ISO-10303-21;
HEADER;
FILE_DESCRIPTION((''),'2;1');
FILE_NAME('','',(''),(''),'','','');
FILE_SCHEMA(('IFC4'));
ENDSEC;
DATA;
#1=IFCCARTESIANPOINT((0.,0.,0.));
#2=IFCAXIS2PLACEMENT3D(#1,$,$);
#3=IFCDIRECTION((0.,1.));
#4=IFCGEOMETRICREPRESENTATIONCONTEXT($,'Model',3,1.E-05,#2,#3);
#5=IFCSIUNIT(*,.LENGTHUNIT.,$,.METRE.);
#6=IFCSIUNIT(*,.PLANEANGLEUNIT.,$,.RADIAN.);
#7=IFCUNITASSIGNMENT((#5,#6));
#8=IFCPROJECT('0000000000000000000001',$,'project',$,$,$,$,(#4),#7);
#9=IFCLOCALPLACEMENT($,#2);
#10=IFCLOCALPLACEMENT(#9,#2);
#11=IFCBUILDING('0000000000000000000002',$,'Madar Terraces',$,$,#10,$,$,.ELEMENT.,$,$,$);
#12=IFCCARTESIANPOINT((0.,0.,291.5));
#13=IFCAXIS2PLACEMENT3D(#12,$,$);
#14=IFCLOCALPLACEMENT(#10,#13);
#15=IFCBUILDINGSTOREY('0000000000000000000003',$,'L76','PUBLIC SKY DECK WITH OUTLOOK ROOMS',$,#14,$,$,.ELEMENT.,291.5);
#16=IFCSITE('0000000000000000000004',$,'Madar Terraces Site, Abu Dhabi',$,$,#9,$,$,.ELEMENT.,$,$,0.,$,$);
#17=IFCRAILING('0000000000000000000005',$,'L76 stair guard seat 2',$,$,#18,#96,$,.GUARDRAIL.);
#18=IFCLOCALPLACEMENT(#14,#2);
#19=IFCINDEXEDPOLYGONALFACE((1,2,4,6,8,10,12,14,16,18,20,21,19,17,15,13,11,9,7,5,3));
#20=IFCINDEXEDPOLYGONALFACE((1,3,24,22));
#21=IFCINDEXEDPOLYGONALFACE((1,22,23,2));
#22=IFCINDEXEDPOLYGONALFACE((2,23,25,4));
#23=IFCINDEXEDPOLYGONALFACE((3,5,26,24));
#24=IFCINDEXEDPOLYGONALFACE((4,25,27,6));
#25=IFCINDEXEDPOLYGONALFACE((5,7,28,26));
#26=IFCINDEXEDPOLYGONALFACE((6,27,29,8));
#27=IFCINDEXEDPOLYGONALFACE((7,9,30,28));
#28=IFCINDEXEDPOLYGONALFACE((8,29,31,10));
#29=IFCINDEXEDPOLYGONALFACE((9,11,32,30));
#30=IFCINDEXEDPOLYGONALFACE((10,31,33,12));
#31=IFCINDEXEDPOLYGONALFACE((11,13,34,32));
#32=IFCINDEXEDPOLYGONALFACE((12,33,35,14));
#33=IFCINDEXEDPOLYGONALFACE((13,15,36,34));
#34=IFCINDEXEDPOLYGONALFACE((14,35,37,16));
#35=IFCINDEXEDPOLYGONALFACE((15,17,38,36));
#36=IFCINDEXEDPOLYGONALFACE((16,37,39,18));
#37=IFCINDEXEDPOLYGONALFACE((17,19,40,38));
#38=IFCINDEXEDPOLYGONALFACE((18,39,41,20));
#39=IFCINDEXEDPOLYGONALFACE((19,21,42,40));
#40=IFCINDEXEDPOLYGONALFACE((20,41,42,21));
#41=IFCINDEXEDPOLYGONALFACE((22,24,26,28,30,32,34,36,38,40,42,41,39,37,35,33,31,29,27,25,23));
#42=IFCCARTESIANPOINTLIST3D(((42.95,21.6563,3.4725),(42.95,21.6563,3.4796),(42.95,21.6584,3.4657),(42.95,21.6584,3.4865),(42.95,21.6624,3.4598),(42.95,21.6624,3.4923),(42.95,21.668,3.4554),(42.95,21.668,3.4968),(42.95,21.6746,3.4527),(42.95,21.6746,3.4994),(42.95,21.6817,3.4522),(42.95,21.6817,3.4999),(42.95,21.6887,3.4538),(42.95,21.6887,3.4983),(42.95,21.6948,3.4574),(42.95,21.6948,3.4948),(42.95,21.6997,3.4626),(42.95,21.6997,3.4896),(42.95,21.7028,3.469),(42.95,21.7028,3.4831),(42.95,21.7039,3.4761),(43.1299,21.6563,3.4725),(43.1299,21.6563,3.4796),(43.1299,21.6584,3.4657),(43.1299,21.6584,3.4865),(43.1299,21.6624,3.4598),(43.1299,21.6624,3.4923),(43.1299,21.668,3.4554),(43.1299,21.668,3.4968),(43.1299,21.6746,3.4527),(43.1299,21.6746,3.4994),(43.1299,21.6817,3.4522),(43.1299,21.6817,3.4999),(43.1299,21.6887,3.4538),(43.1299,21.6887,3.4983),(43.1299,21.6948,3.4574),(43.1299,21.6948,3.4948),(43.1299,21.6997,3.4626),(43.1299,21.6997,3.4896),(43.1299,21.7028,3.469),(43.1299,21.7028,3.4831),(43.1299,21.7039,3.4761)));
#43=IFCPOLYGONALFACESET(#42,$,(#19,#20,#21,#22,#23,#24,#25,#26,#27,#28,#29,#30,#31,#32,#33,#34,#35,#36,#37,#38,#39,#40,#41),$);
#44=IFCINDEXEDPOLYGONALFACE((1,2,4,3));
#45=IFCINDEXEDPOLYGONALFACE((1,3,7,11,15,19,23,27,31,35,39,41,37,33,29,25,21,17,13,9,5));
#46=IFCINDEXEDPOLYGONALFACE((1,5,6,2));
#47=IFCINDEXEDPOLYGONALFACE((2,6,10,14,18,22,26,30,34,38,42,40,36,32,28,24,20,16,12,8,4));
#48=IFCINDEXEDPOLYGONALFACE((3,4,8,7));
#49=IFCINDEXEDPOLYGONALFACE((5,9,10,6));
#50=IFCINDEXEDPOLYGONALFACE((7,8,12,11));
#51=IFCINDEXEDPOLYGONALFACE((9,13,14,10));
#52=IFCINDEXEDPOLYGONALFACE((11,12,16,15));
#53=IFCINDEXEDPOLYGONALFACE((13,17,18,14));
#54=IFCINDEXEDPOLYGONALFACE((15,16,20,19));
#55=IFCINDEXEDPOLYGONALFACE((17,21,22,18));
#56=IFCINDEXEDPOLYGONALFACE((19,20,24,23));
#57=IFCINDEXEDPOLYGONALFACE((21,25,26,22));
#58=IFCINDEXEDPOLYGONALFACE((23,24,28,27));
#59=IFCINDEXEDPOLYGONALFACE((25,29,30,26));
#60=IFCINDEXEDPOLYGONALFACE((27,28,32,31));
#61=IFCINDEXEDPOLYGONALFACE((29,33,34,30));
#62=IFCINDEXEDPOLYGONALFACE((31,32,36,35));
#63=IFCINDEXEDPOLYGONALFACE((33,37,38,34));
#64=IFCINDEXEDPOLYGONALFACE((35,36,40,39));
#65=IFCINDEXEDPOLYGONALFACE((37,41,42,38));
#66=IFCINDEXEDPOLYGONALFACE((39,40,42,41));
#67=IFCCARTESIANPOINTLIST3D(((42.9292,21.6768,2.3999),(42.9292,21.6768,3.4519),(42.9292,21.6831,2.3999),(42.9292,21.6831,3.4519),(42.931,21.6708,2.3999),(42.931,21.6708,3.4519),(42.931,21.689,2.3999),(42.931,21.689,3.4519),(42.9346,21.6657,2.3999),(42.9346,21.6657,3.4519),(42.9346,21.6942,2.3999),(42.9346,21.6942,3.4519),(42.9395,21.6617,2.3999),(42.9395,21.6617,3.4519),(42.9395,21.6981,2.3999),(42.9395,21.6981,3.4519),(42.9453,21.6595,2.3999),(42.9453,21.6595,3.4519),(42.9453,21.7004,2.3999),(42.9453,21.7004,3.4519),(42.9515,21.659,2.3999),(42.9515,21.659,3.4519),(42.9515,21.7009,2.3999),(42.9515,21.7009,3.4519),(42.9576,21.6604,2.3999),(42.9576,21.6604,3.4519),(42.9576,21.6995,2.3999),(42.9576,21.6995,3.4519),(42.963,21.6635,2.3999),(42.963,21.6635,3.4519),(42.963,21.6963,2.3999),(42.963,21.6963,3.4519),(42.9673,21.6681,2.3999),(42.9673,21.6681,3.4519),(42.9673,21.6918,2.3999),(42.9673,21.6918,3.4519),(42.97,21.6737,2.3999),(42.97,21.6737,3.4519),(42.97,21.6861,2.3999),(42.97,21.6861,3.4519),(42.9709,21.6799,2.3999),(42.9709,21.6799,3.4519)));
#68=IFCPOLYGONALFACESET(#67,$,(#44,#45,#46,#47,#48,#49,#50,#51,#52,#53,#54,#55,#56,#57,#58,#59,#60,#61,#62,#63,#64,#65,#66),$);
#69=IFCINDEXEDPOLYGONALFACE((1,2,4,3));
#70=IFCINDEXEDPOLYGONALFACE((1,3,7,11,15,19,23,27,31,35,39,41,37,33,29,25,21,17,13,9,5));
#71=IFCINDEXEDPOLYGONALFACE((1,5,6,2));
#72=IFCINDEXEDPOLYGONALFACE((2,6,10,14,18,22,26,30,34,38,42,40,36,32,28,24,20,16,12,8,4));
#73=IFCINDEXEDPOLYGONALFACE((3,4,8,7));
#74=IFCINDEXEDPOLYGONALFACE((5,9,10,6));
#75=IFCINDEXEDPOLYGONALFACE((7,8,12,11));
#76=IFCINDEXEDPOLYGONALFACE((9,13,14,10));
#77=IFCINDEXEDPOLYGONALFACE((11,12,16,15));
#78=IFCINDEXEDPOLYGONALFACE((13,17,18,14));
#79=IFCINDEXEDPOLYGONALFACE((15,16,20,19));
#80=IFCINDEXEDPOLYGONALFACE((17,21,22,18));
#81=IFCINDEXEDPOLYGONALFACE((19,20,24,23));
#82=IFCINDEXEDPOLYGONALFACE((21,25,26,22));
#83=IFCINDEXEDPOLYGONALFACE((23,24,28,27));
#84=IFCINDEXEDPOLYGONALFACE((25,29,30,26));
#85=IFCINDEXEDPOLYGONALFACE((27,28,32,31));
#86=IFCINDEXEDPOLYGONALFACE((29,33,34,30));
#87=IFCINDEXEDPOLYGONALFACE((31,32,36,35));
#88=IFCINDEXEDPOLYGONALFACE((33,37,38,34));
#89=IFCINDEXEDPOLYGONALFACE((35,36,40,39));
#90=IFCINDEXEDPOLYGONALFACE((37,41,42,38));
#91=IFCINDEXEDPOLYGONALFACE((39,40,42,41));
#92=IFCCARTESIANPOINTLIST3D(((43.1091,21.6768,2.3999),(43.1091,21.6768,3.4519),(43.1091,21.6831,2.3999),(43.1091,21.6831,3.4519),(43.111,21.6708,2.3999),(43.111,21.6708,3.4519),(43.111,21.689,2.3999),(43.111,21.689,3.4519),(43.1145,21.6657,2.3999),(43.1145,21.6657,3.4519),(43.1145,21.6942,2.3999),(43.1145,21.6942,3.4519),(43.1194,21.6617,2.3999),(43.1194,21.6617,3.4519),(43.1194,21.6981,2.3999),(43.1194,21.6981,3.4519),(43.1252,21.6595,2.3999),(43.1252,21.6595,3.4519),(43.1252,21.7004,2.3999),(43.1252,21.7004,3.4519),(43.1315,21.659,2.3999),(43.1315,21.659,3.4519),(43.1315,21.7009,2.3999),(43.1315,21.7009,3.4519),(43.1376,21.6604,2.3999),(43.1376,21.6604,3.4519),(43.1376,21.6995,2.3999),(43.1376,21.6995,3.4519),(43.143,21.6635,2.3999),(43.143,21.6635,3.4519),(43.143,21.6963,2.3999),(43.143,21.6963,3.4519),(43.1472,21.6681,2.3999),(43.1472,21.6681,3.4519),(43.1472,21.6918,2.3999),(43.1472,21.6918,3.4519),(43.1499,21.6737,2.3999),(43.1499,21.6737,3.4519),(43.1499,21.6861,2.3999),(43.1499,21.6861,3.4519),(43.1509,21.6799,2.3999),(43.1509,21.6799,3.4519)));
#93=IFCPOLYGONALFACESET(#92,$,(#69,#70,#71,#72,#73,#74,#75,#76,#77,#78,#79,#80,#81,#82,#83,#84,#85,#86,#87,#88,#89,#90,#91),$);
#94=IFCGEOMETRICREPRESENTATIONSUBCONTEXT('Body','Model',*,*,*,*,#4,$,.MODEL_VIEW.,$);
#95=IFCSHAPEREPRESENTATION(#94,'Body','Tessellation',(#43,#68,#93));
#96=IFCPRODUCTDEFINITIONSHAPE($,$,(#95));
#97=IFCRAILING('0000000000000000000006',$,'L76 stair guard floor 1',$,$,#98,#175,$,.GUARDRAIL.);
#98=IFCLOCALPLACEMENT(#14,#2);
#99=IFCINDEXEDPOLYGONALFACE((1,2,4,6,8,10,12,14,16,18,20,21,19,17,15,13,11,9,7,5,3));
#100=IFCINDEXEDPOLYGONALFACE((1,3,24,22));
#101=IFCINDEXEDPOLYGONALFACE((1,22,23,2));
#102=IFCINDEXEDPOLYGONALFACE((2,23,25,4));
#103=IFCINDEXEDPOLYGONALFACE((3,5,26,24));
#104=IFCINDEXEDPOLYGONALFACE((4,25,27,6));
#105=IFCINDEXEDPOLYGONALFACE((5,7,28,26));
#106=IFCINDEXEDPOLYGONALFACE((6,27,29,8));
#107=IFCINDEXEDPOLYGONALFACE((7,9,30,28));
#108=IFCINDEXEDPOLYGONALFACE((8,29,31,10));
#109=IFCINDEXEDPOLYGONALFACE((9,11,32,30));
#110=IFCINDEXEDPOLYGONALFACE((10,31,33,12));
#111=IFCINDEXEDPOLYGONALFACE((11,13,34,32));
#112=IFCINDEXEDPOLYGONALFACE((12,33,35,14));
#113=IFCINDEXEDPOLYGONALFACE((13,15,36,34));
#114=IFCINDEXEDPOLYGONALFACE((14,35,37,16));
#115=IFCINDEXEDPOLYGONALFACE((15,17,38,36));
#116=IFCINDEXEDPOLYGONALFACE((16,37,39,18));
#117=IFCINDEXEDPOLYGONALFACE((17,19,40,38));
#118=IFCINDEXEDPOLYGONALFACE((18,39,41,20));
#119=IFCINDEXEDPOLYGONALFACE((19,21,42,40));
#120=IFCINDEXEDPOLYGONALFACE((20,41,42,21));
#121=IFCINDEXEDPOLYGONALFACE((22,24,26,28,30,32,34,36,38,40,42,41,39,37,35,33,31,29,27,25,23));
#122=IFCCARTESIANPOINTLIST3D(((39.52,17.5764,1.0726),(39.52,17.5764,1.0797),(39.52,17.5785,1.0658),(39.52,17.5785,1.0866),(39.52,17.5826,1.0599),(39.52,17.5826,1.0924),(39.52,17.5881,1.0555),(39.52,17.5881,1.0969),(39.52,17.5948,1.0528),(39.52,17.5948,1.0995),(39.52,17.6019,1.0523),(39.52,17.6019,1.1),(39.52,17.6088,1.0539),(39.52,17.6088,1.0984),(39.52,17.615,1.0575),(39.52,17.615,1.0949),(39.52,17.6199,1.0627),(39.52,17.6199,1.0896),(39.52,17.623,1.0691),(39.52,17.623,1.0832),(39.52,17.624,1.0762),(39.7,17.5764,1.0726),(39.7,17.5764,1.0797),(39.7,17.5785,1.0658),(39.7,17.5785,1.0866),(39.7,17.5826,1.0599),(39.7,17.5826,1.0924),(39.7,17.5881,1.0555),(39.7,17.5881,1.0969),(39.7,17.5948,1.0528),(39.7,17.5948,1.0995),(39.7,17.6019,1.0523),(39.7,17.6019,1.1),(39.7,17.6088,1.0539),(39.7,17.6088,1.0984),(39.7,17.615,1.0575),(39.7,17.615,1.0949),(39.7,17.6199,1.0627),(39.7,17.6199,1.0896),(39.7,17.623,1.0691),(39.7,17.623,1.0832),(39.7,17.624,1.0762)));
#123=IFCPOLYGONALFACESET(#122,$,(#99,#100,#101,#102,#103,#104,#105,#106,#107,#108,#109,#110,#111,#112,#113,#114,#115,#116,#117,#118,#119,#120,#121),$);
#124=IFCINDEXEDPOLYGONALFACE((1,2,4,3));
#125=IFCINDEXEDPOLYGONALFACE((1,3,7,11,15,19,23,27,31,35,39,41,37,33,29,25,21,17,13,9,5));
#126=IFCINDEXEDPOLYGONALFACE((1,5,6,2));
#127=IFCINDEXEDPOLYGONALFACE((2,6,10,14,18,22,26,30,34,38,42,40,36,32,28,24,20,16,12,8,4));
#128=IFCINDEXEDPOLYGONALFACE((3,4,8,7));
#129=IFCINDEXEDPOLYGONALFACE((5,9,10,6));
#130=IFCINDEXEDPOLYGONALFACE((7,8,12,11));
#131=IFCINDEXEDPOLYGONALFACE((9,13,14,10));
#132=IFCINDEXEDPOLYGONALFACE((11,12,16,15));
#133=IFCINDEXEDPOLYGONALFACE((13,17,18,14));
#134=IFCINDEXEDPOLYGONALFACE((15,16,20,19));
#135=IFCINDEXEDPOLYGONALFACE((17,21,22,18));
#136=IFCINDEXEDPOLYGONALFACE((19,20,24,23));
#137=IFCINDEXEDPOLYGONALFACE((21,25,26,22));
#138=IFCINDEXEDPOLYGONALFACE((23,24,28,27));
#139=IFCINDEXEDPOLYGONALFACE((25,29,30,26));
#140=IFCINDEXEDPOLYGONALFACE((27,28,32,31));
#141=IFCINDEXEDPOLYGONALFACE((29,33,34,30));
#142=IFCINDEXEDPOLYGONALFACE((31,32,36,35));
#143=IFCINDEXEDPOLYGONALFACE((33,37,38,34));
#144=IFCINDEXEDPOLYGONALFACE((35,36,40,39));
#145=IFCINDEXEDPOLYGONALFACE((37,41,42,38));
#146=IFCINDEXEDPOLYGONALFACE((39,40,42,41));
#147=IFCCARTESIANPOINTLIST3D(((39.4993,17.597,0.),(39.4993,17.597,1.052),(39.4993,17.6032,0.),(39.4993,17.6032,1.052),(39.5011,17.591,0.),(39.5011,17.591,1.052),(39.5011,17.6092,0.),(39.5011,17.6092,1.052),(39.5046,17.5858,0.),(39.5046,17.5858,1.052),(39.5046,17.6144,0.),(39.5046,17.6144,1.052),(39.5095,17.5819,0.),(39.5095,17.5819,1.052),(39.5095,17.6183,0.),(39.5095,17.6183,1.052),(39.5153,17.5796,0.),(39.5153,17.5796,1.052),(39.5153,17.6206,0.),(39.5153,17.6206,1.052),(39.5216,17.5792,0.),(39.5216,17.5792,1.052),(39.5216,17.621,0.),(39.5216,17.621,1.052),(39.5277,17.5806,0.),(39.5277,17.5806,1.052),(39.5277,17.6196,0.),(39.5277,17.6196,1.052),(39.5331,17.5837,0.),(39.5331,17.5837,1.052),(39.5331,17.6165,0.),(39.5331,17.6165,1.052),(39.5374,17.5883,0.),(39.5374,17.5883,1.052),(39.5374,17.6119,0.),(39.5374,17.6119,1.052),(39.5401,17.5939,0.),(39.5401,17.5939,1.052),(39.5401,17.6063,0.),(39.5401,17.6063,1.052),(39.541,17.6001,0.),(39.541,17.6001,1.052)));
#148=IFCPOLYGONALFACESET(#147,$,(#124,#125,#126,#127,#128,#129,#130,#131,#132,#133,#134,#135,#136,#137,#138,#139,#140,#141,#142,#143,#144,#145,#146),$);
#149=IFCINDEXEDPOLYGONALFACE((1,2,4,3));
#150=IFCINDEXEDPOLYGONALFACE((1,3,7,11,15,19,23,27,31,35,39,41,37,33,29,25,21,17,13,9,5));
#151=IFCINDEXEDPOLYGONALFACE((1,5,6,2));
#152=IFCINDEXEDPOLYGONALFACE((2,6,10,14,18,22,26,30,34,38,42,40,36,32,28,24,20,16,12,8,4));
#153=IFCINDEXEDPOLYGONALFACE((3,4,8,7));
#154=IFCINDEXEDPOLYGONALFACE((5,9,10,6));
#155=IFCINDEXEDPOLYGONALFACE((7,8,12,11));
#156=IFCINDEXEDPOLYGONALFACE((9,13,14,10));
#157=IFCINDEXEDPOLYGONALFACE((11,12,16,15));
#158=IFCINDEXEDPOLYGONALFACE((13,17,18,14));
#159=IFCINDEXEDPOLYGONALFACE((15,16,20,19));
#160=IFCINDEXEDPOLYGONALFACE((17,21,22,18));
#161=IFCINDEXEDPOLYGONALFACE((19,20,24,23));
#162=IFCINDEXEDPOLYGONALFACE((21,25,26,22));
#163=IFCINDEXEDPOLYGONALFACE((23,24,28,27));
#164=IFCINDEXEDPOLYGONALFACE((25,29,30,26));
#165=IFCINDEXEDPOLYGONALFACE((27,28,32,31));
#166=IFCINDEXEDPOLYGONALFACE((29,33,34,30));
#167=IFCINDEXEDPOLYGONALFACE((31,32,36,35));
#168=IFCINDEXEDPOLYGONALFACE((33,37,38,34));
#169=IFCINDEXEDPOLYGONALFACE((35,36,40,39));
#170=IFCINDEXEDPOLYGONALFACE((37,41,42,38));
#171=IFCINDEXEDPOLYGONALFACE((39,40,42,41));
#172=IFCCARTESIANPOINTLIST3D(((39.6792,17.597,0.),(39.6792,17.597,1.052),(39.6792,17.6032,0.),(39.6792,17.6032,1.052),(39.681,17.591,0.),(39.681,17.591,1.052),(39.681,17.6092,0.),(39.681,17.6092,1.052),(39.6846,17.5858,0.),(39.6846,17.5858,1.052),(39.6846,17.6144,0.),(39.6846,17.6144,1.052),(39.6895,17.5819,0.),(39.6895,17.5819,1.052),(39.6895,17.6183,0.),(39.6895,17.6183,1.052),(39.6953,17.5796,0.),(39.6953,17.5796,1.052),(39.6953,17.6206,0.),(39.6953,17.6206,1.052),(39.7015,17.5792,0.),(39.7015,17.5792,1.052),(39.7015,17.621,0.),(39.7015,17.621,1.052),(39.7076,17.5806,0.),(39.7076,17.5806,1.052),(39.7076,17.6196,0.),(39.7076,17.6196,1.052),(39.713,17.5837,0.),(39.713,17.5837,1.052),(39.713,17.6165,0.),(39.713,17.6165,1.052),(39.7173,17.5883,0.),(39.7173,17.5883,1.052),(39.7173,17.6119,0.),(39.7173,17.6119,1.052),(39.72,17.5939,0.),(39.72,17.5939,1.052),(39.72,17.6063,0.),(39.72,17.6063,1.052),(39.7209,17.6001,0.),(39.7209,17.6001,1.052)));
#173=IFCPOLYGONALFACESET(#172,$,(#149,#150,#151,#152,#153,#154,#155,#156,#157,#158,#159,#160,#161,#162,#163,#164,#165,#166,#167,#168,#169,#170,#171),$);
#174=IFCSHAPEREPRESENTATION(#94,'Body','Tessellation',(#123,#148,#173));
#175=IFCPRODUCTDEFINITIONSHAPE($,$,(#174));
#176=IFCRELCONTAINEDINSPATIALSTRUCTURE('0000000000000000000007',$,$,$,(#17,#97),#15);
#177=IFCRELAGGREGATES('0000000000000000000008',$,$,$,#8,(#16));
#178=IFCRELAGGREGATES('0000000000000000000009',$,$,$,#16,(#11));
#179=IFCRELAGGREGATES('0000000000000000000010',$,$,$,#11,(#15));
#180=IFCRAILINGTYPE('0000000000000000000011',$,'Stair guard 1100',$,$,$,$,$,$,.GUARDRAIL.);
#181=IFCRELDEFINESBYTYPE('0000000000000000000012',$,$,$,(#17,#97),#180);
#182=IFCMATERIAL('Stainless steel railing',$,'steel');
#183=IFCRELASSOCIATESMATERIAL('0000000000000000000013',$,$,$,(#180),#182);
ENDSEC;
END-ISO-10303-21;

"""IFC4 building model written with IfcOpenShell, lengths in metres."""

from ifc_helpers import new_model, si_unit, direction, frame, origin, origin_2d, place, context, subcontext, project, spatial, circle, extrude, material, type_object, element, save


model = new_model("IFC4")

# Units and contexts
model_context = context("Model", 3, precision=1e-05, world=origin(), true_north=direction((0.0, 1.0)))
body_context = subcontext(model_context, "Body", "Model", "MODEL_VIEW")
ifc_project = project(units=[si_unit("LENGTHUNIT", "METRE"), si_unit("PLANEANGLEUNIT", "RADIAN")], contexts=[model_context])

# Site, building, storey
site_placement = place(None, origin())
site = spatial("IfcSite", under=ifc_project, at=site_placement, Name="Madar Terraces Site, Abu Dhabi", CompositionType="ELEMENT", RefElevation=0.0)
building_placement = place(site_placement, origin())
building = spatial("IfcBuilding", under=site, at=building_placement, Name="Madar Terraces", CompositionType="ELEMENT")
storey_placement = place(building_placement, frame((0.0, 0.0, 291.5)))
storey = spatial("IfcBuildingStorey", under=building, at=storey_placement, Name="L76", Description="PUBLIC SKY DECK WITH OUTLOOK ROOMS", CompositionType="ELEMENT", Elevation=291.5)

# Railings
ifc_material_1 = material(Name="Stainless steel railing", Category="steel")
railing_type_1 = type_object("IfcRailingType", Name="Stair guard 1100", PredefinedType="GUARDRAIL", material=ifc_material_1)
for number, where, name in (
    (1, (42.95, 21.6799, 2.3999), "L76 stair guard seat 2"),
    (2, (39.52, 17.6001, 0.0), "L76 stair guard floor 1"),
):
    element("IfcRailing", number, at=place(storey_placement, frame(where)), inside=storey, type_object=railing_type_1, Name=name, PredefinedType="GUARDRAIL", context=body_context, shape_type="SweptSolid", body=[
        extrude(circle(Radius=0.0239, at=origin_2d()), frame((0.0, 0.0, 1.0762), z_axis=(1.0, 0.0, 0.0), x_axis=(0.0, 1.0, 0.0)), (0.0, 0.0, 1.0), 0.1799),
        extrude(circle(Radius=0.021, at=origin_2d()), origin(), (0.0, 0.0, 1.0), 1.052),
        extrude(circle(Radius=0.021, at=origin_2d()), frame((0.1799, 0.0, 0.0)), (0.0, 0.0, 1.0), 1.052),
    ])

save(model, "model.ifc")
